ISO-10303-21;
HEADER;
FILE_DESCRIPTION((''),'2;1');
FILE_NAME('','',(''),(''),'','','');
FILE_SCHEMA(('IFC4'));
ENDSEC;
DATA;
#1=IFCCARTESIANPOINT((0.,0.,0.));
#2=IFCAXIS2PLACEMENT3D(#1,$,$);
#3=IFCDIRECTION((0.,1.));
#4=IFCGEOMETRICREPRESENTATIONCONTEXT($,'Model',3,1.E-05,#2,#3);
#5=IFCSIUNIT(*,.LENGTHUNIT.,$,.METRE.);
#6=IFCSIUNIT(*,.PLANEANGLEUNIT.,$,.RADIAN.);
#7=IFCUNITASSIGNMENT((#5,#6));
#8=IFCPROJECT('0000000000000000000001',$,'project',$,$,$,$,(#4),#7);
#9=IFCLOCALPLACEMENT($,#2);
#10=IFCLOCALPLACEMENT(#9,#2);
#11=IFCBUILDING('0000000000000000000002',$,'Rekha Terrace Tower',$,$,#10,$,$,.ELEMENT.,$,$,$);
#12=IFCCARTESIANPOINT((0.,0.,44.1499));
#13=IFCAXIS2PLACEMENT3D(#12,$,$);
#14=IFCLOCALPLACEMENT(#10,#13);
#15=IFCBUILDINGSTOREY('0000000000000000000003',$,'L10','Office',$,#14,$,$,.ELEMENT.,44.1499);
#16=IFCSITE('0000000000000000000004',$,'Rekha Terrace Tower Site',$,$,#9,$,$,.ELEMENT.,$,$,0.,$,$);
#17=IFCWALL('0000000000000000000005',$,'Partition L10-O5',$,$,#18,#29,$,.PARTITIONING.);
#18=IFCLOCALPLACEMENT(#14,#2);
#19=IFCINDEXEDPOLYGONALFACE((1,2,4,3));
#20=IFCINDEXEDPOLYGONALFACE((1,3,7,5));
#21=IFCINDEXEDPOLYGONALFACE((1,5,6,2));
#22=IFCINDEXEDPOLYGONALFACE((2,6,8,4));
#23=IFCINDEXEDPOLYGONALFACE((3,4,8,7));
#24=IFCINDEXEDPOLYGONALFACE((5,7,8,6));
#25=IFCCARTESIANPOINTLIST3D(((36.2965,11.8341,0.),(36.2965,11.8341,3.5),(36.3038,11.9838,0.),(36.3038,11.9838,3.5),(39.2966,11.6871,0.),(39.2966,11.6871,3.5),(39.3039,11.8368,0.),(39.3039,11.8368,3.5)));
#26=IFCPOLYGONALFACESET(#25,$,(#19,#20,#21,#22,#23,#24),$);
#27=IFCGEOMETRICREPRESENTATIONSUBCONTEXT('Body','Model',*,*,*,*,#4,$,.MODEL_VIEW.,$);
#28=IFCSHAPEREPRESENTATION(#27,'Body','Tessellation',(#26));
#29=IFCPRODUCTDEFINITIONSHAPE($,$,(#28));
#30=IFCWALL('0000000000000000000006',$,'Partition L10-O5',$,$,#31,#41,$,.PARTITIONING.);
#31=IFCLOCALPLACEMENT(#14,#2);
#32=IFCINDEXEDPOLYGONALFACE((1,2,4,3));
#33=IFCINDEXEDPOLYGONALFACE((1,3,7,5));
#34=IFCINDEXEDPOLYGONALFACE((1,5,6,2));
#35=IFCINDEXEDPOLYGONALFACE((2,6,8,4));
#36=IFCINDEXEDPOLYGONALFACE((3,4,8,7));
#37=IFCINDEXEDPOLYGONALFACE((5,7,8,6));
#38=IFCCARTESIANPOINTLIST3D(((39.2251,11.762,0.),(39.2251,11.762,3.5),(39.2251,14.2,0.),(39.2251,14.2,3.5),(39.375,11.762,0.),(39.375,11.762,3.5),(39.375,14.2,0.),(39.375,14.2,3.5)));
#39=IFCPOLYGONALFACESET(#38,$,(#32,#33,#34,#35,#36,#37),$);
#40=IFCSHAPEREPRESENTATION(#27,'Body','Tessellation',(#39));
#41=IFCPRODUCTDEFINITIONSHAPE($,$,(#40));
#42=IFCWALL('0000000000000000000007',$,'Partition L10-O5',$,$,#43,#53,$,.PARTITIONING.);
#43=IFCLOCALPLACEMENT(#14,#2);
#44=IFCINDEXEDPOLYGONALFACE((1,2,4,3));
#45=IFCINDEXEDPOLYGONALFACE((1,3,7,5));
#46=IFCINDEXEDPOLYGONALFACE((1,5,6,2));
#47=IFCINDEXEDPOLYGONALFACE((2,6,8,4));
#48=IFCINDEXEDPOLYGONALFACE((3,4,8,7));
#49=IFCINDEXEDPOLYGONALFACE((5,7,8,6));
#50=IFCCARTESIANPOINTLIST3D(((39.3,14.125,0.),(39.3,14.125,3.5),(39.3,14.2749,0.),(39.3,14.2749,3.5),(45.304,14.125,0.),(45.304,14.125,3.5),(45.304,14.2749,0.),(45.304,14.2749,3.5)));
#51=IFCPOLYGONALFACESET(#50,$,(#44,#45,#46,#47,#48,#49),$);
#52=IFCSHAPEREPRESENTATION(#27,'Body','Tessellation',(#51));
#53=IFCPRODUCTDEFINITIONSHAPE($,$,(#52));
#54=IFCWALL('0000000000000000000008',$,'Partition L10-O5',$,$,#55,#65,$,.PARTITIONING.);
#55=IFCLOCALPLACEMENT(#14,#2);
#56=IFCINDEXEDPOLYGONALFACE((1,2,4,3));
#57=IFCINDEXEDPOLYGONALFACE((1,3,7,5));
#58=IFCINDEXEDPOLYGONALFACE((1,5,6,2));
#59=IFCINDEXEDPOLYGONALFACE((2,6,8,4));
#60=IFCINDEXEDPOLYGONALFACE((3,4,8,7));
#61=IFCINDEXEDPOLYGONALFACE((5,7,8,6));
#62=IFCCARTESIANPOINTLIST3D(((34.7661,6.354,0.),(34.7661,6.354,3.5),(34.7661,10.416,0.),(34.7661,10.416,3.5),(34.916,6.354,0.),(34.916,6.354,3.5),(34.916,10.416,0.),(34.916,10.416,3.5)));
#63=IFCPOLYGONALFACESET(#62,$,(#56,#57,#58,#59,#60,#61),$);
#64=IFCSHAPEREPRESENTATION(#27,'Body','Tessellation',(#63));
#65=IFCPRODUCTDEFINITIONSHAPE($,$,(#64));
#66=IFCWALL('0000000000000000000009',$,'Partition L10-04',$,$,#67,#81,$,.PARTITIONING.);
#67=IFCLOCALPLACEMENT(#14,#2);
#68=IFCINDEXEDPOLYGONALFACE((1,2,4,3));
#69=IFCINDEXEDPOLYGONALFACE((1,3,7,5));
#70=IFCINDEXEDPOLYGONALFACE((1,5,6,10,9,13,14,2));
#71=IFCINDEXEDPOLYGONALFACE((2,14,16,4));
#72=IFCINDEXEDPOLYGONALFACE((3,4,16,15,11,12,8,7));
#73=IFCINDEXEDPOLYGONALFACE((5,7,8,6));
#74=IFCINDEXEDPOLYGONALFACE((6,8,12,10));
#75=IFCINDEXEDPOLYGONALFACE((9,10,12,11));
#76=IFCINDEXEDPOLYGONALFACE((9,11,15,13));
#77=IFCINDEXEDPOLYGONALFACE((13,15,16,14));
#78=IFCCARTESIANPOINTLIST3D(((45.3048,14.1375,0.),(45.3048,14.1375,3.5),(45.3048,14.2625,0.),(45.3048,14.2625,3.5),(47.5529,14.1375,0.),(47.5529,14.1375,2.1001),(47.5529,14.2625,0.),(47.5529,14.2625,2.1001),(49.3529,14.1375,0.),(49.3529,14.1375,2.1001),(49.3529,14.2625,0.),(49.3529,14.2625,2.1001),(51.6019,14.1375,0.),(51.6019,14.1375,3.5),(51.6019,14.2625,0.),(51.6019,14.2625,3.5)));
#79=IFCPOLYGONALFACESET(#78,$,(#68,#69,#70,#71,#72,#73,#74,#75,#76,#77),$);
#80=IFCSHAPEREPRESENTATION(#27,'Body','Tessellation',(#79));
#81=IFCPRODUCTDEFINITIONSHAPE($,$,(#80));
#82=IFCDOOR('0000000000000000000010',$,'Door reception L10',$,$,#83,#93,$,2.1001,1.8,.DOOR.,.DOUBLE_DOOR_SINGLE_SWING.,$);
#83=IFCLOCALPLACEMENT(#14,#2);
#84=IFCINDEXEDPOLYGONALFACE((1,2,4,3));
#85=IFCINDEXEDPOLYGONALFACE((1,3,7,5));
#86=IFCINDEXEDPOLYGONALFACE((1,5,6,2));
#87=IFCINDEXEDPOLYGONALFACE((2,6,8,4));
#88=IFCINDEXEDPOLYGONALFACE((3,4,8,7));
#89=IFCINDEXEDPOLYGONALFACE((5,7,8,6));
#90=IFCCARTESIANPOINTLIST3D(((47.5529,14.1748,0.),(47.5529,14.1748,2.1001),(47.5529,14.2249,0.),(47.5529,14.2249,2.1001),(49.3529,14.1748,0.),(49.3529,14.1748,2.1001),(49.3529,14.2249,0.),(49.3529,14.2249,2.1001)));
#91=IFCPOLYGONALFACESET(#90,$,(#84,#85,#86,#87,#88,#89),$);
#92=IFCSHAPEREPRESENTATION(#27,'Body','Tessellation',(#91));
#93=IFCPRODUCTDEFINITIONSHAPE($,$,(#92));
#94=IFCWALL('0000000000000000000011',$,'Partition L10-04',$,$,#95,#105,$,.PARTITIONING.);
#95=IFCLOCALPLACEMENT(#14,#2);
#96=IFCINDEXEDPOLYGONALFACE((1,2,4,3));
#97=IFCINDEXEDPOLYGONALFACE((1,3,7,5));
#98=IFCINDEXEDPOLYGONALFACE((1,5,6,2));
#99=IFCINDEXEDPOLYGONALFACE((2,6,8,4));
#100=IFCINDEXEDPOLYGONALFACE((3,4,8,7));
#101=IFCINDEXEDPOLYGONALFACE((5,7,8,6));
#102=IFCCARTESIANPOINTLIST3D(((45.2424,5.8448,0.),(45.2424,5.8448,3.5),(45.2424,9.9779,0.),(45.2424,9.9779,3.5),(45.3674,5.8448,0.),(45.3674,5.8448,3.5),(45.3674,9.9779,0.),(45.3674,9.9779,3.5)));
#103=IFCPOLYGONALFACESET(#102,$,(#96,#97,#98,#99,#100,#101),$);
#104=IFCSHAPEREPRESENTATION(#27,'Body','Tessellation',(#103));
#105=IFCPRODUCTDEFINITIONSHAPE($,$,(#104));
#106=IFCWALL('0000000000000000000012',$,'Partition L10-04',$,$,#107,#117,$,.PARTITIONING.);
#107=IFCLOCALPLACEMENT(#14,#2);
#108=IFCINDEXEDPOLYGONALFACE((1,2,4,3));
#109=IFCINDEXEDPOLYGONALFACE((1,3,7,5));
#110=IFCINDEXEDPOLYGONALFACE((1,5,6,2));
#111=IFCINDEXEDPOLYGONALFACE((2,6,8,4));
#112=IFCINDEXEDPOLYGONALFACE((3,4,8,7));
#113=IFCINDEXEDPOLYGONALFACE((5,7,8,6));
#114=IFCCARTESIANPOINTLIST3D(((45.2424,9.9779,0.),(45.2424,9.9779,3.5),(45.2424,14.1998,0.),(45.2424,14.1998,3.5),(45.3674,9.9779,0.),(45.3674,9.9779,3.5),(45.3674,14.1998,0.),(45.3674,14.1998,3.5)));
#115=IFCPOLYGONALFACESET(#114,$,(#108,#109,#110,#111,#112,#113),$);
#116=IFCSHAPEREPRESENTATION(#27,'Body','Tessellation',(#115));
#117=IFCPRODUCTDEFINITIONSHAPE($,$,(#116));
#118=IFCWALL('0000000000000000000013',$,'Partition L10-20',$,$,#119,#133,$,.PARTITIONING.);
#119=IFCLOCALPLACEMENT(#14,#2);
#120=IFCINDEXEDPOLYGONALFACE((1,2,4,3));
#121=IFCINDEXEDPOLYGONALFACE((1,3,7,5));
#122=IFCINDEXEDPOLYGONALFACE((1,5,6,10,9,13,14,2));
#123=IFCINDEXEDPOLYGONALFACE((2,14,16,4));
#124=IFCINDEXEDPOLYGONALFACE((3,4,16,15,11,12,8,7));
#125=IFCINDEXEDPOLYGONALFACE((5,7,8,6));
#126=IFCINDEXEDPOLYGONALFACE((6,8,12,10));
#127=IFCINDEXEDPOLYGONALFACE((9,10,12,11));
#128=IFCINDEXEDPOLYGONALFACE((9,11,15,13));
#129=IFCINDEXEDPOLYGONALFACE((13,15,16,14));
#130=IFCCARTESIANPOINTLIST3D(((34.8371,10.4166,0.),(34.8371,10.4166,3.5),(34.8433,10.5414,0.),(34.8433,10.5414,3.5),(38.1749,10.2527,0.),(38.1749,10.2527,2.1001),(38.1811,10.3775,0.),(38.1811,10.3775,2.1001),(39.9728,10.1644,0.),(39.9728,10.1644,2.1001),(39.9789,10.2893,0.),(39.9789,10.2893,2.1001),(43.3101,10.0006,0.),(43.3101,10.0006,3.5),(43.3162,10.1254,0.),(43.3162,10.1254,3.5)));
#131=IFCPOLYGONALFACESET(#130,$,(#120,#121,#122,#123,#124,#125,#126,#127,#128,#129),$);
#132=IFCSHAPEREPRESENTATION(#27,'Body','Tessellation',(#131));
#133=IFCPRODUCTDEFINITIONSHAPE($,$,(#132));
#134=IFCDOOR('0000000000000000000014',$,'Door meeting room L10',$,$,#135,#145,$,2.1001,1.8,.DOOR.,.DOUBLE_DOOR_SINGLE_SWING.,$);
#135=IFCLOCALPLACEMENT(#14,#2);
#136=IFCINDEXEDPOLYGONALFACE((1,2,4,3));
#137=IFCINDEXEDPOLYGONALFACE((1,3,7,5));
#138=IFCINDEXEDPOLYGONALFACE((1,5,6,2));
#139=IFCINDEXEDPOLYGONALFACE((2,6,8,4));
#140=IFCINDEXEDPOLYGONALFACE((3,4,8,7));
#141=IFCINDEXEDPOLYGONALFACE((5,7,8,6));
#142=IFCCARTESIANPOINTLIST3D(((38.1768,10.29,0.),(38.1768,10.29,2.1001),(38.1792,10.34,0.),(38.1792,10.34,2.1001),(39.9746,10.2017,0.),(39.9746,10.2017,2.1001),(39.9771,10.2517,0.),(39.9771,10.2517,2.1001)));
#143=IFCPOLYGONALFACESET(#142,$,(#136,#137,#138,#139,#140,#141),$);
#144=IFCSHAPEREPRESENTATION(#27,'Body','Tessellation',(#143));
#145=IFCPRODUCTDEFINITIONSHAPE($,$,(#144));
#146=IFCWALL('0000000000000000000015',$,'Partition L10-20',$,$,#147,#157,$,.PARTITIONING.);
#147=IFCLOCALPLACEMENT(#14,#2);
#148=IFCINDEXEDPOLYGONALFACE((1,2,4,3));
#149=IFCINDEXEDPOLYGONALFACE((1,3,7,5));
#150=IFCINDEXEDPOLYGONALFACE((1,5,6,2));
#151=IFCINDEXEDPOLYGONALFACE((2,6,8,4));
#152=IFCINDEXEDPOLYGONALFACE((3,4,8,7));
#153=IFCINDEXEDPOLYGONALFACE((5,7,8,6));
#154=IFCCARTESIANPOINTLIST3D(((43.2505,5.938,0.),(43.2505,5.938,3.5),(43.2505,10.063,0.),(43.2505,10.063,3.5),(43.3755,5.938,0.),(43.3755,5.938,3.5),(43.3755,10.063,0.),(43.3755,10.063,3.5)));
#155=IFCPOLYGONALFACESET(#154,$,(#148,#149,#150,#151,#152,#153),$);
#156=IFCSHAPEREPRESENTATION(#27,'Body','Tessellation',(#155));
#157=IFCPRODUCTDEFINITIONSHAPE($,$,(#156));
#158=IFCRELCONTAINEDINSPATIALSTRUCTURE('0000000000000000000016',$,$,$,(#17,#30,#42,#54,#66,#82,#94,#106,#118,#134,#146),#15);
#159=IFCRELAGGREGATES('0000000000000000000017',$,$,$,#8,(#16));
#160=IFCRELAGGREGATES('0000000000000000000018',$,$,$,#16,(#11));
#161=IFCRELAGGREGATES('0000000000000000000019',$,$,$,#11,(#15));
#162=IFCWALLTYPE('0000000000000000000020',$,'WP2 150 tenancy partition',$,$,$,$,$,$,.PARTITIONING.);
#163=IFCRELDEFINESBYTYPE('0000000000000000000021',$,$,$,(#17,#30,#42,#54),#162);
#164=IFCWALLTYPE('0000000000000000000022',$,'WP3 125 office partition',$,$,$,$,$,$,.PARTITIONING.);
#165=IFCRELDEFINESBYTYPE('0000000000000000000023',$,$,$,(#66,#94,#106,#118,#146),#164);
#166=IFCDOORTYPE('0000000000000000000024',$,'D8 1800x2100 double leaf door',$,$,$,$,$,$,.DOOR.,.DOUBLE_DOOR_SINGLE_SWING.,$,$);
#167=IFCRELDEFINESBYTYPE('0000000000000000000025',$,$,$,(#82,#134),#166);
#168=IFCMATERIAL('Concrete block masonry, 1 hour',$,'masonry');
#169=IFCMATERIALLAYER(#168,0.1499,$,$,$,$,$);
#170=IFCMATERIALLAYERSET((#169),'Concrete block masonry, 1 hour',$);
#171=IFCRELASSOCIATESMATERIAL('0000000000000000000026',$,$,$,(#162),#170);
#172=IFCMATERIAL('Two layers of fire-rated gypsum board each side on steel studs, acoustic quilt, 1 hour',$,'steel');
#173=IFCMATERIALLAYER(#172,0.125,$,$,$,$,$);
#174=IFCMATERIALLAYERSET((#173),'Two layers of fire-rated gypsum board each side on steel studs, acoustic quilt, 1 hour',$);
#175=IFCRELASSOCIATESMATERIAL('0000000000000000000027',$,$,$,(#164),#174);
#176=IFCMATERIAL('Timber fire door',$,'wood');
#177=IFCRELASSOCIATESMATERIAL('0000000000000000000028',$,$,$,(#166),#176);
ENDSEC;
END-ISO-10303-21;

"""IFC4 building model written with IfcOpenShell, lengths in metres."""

from ifc_helpers import new_model, si_unit, direction, frame, frame_2d, origin, place, context, subcontext, project, spatial, rectangle, extrude, material, layer, layer_set, type_object, element, fill, save


model = new_model("IFC4")

# Units and contexts
model_context = context("Model", 3, precision=1e-05, world=origin(), true_north=direction((0.0, 1.0)))
body_context = subcontext(model_context, "Body", "Model", "MODEL_VIEW")
ifc_project = project(units=[si_unit("LENGTHUNIT", "METRE"), si_unit("PLANEANGLEUNIT", "RADIAN")], contexts=[model_context])

# Site, building, storey
site_placement = place(None, origin())
site = spatial("IfcSite", under=ifc_project, at=site_placement, Name="Rekha Terrace Tower Site", CompositionType="ELEMENT", RefElevation=0.0)
building_placement = place(site_placement, origin())
building = spatial("IfcBuilding", under=site, at=building_placement, Name="Rekha Terrace Tower", CompositionType="ELEMENT")
storey_placement = place(building_placement, frame((0.0, 0.0, 44.1499)))
storey = spatial("IfcBuildingStorey", under=building, at=storey_placement, Name="L10", Description="Office", CompositionType="ELEMENT", Elevation=44.1499)

# Shared definitions
ifc_material_1 = material(Name="Concrete block masonry, 1 hour", Category="masonry")
ifc_layer_1 = layer(ifc_material_1, 0.1499)
ifc_layer_set_1 = layer_set([ifc_layer_1], Name="Concrete block masonry, 1 hour")
wall_type_1 = type_object("IfcWallType", Name="WP2 150 tenancy partition", PredefinedType="PARTITIONING", material=ifc_layer_set_1)

# Walls
wall_1_placement = place(storey_placement, frame((36.3, 11.9089, 0.0), z_axis=(0.0, 0.0, 1.0), x_axis=(0.998802, -0.048932, 0.0)))
element("IfcWall", 1, at=wall_1_placement, inside=storey, type_object=wall_type_1, Name="Partition L10-O5", PredefinedType="PARTITIONING", context=body_context, shape_type="SweptSolid", body=[
    extrude(rectangle(XDim=3.0037, YDim=0.1499, at=frame_2d((1.502, 0.0))), origin(), (0.0, 0.0, 1.0), 3.5),
])
wall_2_placement = place(storey_placement, frame((39.3, 11.762, 0.0), z_axis=(0.0, 0.0, 1.0), x_axis=(0.0, 1.0, 0.0)))
element("IfcWall", 2, at=wall_2_placement, inside=storey, type_object=wall_type_1, Name="Partition L10-O5", PredefinedType="PARTITIONING", context=body_context, shape_type="SweptSolid", body=[
    extrude(rectangle(XDim=2.438, YDim=0.1499, at=frame_2d((1.219, 0.0))), origin(), (0.0, 0.0, 1.0), 3.5),
])
wall_3_placement = place(storey_placement, frame((39.3, 14.2, 0.0), z_axis=(0.0, 0.0, 1.0), x_axis=(1.0, 0.0, 0.0)))
element("IfcWall", 3, at=wall_3_placement, inside=storey, type_object=wall_type_1, Name="Partition L10-O5", PredefinedType="PARTITIONING", context=body_context, shape_type="SweptSolid", body=[
    extrude(rectangle(XDim=6.0039, YDim=0.1499, at=frame_2d((3.002, 0.0))), origin(), (0.0, 0.0, 1.0), 3.5),
])
wall_4_placement = place(storey_placement, frame((34.8411, 10.416, 0.0), z_axis=(0.0, 0.0, 1.0), x_axis=(0.0, -1.0, 0.0)))
element("IfcWall", 4, at=wall_4_placement, inside=storey, type_object=wall_type_1, Name="Partition L10-O5", PredefinedType="PARTITIONING", context=body_context, shape_type="SweptSolid", body=[
    extrude(rectangle(XDim=4.062, YDim=0.1499, at=frame_2d((2.031, 0.0))), origin(), (0.0, 0.0, 1.0), 3.5),
])

# Wall, opening, door
ifc_material_2 = material(Name="Two layers of fire-rated gypsum board each side on steel studs, acoustic quilt, 1 hour", Category="steel")
ifc_layer_2 = layer(ifc_material_2, 0.125)
ifc_layer_set_2 = layer_set([ifc_layer_2], Name="Two layers of fire-rated gypsum board each side on steel studs, acoustic quilt, 1 hour")
wall_type_2 = type_object("IfcWallType", Name="WP3 125 office partition", PredefinedType="PARTITIONING", material=ifc_layer_set_2)
wall_5_placement = place(storey_placement, frame((45.3049, 14.2, 0.0), z_axis=(0.0, 0.0, 1.0), x_axis=(1.0, 0.0, 0.0)))
wall_5 = element("IfcWall", 5, at=wall_5_placement, inside=storey, type_object=wall_type_2, Name="Partition L10-04", PredefinedType="PARTITIONING", context=body_context, shape_type="SweptSolid", body=[
    extrude(rectangle(XDim=6.2971, YDim=0.125, at=frame_2d((3.1484, 0.0))), origin(), (0.0, 0.0, 1.0), 3.5),
])
opening_1_placement = place(wall_5_placement, frame((2.248, 0.0, 0.0)))
opening_1 = element("IfcOpeningElement", 6, at=opening_1_placement, cuts=wall_5, PredefinedType="OPENING", context=body_context, shape_type="SweptSolid", body=[
    extrude(rectangle(XDim=1.8, YDim=2.1001, at=frame_2d((0.8999, 1.05))), frame((0.0, 0.0725, 0.0), z_axis=(0.0, -1.0, 0.0), x_axis=(1.0, 0.0, 0.0)), (0.0, 0.0, 1.0), 0.145),
])
ifc_material_3 = material(Name="Timber fire door", Category="wood")
door_type_1 = type_object("IfcDoorType", Name="D8 1800x2100 double leaf door", OperationType="DOUBLE_DOOR_SINGLE_SWING", PredefinedType="DOOR", material=ifc_material_3)
door_1_placement = place(opening_1_placement, origin())
door_1 = element("IfcDoor", 7, at=door_1_placement, inside=storey, type_object=door_type_1, Name="Door reception L10", OperationType="DOUBLE_DOOR_SINGLE_SWING", OverallHeight=2.1001, OverallWidth=1.8, PredefinedType="DOOR", context=body_context, shape_type="SweptSolid", body=[
    extrude(rectangle(XDim=1.8, YDim=2.1001, at=frame_2d((0.8999, 1.05))), frame((0.0, 0.0249, 0.0), z_axis=(0.0, -1.0, 0.0), x_axis=(1.0, 0.0, 0.0)), (0.0, 0.0, 1.0), 0.05),
])
fill(opening_1, door_1)

# Walls
wall_6_placement = place(storey_placement, frame((45.3049, 5.845, 0.0), z_axis=(0.0, 0.0, 1.0), x_axis=(0.0, 1.0, 0.0)))
element("IfcWall", 8, at=wall_6_placement, inside=storey, type_object=wall_type_2, Name="Partition L10-04", PredefinedType="PARTITIONING", context=body_context, shape_type="SweptSolid", body=[
    extrude(rectangle(XDim=4.1331, YDim=0.125, at=frame_2d((2.0664, 0.0))), origin(), (0.0, 0.0, 1.0), 3.5),
])
wall_7_placement = place(storey_placement, frame((45.3049, 9.978, 0.0), z_axis=(0.0, 0.0, 1.0), x_axis=(0.0, 1.0, 0.0)))
element("IfcWall", 9, at=wall_7_placement, inside=storey, type_object=wall_type_2, Name="Partition L10-04", PredefinedType="PARTITIONING", context=body_context, shape_type="SweptSolid", body=[
    extrude(rectangle(XDim=4.2219, YDim=0.125, at=frame_2d((2.1108, 0.0))), origin(), (0.0, 0.0, 1.0), 3.5),
])

# Wall, opening, door
wall_8_placement = place(storey_placement, frame((34.8401, 10.479, 0.0), z_axis=(0.0, 0.0, 1.0), x_axis=(0.998797, -0.04904, 0.0)))
wall_8 = element("IfcWall", 10, at=wall_8_placement, inside=storey, type_object=wall_type_2, Name="Partition L10-20", PredefinedType="PARTITIONING", context=body_context, shape_type="SweptSolid", body=[
    extrude(rectangle(XDim=8.4832, YDim=0.125, at=frame_2d((4.2417, 0.0))), origin(), (0.0, 0.0, 1.0), 3.5),
])
opening_2_placement = place(wall_8_placement, frame((3.342, 0.0, 0.0)))
opening_2 = element("IfcOpeningElement", 11, at=opening_2_placement, cuts=wall_8, PredefinedType="OPENING", context=body_context, shape_type="SweptSolid", body=[
    extrude(rectangle(XDim=1.8, YDim=2.1001, at=frame_2d((0.8999, 1.05))), frame((0.0, 0.0725, 0.0), z_axis=(0.0, -1.0, 0.0), x_axis=(1.0, 0.0, 0.0)), (0.0, 0.0, 1.0), 0.145),
])
door_2_placement = place(opening_2_placement, origin())
door_2 = element("IfcDoor", 12, at=door_2_placement, inside=storey, type_object=door_type_1, Name="Door meeting room L10", OperationType="DOUBLE_DOOR_SINGLE_SWING", OverallHeight=2.1001, OverallWidth=1.8, PredefinedType="DOOR", context=body_context, shape_type="SweptSolid", body=[
    extrude(rectangle(XDim=1.8, YDim=2.1001, at=frame_2d((0.8999, 1.05))), frame((0.0, 0.0249, 0.0), z_axis=(0.0, -1.0, 0.0), x_axis=(1.0, 0.0, 0.0)), (0.0, 0.0, 1.0), 0.05),
])
fill(opening_2, door_2)

# Wall
wall_9_placement = place(storey_placement, frame((43.313, 10.063, 0.0), z_axis=(0.0, 0.0, 1.0), x_axis=(0.0, -1.0, 0.0)))
element("IfcWall", 13, at=wall_9_placement, inside=storey, type_object=wall_type_2, Name="Partition L10-20", PredefinedType="PARTITIONING", context=body_context, shape_type="SweptSolid", body=[
    extrude(rectangle(XDim=4.125, YDim=0.125, at=frame_2d((2.0625, 0.0))), origin(), (0.0, 0.0, 1.0), 3.5),
])

save(model, "model.ifc")
